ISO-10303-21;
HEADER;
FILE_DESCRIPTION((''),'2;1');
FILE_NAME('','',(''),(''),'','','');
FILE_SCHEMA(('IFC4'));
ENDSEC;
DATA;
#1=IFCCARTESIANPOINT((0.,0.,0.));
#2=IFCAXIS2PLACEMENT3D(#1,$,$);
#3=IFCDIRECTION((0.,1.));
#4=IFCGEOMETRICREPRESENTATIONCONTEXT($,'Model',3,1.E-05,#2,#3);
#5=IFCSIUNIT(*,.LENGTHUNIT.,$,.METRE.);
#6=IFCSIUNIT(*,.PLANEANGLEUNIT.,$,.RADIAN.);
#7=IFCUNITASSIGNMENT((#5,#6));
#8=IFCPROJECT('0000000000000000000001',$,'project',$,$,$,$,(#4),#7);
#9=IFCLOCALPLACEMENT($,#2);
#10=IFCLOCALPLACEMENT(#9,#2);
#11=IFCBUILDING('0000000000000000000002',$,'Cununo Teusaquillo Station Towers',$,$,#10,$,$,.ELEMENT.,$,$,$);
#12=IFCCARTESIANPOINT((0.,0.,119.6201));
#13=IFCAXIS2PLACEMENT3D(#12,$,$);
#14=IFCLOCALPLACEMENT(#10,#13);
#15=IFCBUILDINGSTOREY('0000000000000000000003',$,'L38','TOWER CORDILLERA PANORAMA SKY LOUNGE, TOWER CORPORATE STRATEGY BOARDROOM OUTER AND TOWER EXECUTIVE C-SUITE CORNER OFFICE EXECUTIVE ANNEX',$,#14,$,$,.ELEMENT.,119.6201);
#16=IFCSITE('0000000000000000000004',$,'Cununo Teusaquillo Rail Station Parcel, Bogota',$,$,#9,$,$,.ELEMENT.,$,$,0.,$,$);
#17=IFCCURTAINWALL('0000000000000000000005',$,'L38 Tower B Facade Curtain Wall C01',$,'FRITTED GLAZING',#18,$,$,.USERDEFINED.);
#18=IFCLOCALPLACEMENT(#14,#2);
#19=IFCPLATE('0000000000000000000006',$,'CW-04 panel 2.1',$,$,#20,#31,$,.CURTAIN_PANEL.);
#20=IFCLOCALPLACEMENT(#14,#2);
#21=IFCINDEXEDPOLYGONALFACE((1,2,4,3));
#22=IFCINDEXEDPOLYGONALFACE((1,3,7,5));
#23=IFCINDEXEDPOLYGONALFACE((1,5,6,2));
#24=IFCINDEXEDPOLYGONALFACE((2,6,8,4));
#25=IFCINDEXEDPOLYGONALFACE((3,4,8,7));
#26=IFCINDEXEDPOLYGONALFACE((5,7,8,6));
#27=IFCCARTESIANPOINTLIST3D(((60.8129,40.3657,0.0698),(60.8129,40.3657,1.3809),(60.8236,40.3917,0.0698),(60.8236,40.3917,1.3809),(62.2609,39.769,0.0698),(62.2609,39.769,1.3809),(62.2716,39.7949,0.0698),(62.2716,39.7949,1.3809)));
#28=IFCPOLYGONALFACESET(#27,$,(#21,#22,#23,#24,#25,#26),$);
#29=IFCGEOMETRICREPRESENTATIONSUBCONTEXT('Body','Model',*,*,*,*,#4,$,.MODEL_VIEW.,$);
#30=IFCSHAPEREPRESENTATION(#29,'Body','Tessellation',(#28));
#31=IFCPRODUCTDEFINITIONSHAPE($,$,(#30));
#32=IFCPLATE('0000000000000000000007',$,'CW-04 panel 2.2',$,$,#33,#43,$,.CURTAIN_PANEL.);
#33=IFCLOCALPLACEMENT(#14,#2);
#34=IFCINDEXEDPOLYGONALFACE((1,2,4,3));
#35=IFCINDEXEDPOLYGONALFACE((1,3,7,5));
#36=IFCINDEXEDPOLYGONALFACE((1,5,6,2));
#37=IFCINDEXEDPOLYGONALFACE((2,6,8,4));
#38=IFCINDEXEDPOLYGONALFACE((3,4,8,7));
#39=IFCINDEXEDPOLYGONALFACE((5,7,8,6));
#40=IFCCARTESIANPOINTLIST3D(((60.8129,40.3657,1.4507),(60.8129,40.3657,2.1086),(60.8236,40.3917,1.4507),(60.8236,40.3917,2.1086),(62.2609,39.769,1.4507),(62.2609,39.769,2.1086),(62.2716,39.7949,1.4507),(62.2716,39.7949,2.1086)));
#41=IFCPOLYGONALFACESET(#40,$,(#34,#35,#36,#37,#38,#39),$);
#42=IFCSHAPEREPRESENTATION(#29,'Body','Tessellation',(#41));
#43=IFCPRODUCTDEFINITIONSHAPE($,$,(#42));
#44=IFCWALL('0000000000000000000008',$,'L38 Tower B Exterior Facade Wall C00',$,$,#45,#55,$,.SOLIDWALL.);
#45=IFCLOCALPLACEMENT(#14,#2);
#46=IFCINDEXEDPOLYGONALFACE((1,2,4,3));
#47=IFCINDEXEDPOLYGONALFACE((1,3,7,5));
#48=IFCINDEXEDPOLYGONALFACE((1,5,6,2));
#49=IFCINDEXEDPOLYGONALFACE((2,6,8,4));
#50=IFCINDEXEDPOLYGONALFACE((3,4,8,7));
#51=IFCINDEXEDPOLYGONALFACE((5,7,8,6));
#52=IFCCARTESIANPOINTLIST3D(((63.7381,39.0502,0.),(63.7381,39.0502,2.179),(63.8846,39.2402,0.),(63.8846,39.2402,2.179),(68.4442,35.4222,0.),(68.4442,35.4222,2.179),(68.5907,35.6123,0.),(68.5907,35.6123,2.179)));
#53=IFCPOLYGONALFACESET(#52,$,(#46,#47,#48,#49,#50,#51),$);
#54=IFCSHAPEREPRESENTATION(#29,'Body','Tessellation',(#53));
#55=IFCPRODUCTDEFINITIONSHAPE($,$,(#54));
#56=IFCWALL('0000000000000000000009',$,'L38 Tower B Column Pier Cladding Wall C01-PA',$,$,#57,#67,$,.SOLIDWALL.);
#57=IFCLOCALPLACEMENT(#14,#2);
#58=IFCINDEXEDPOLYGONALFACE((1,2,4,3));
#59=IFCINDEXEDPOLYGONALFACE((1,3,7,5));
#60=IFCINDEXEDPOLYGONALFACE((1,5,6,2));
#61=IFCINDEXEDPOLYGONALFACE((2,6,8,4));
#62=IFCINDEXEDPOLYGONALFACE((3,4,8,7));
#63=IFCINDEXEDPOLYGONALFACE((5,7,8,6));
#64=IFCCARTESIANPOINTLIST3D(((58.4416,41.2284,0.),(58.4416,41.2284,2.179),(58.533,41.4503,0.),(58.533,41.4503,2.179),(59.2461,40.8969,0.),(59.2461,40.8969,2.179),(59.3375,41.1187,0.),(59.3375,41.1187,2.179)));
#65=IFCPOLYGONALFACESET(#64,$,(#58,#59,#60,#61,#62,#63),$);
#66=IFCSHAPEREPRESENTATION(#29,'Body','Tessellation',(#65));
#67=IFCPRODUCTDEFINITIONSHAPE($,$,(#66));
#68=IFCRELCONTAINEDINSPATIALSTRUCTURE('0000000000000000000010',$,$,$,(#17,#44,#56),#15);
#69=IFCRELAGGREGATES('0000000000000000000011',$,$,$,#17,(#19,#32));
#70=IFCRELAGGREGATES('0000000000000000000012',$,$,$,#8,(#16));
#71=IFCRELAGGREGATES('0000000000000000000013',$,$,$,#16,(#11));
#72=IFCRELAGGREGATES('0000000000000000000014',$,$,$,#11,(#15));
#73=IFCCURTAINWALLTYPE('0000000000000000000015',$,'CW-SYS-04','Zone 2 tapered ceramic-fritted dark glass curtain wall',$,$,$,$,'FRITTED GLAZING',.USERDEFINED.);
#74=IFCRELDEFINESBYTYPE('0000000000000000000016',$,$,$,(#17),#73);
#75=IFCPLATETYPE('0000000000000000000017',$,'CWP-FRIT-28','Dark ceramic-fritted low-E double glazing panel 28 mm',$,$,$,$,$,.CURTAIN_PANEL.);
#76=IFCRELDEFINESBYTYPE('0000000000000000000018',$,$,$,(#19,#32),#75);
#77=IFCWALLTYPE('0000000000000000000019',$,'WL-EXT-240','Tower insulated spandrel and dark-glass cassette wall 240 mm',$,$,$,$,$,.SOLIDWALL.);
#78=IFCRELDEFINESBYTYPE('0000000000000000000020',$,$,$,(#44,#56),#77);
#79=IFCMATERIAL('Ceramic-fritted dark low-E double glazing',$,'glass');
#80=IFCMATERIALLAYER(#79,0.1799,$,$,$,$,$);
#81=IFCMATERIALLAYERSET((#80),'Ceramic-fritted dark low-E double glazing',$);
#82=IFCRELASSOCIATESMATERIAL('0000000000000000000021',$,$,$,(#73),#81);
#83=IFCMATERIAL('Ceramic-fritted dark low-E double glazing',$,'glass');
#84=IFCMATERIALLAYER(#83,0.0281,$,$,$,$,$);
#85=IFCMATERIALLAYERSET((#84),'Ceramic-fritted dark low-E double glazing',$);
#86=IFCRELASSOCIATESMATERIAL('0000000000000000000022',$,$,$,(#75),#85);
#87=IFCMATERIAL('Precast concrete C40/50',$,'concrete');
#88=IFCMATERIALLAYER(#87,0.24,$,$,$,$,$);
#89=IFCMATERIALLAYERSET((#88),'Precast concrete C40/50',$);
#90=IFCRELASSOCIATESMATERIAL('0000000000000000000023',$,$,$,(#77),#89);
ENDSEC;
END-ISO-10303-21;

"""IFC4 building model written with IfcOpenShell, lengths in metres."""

from ifc_helpers import new_model, si_unit, direction, frame, frame_2d, origin, origin_2d, place, context, subcontext, project, spatial, rectangle, extrude, source, transform, mapped, material, layer, layer_set, type_object, element, aggregate, save


model = new_model("IFC4")

# Units and contexts
model_context = context("Model", 3, precision=1e-05, world=origin(), true_north=direction((0.0, 1.0)))
body_context = subcontext(model_context, "Body", "Model", "MODEL_VIEW")
ifc_project = project(units=[si_unit("LENGTHUNIT", "METRE"), si_unit("PLANEANGLEUNIT", "RADIAN")], contexts=[model_context])

# Site, building, storey
site_placement = place(None, origin())
site = spatial("IfcSite", under=ifc_project, at=site_placement, Name="Cununo Teusaquillo Rail Station Parcel, Bogota", CompositionType="ELEMENT", RefElevation=0.0)
building_placement = place(site_placement, origin())
building = spatial("IfcBuilding", under=site, at=building_placement, Name="Cununo Teusaquillo Station Towers", CompositionType="ELEMENT")
storey_placement = place(building_placement, frame((0.0, 0.0, 119.6201)))
storey = spatial("IfcBuildingStorey", under=building, at=storey_placement, Name="L38", Description="TOWER CORDILLERA PANORAMA SKY LOUNGE, TOWER CORPORATE STRATEGY BOARDROOM OUTER AND TOWER EXECUTIVE C-SUITE CORNER OFFICE EXECUTIVE ANNEX", CompositionType="ELEMENT", Elevation=119.6201)

# Curtain wall
ifc_material_1 = material(Name="Ceramic-fritted dark low-E double glazing", Category="glass")
ifc_layer_1 = layer(ifc_material_1, 0.1799)
ifc_layer_set_1 = layer_set([ifc_layer_1], Name="Ceramic-fritted dark low-E double glazing")
curtain_wall_type = type_object("IfcCurtainWallType", Name="CW-SYS-04", Description="Zone 2 tapered ceramic-fritted dark glass curtain wall", ElementType="FRITTED GLAZING", PredefinedType="USERDEFINED", material=ifc_layer_set_1)
curtain_wall_placement = place(storey_placement, origin())
curtain_wall = element("IfcCurtainWall", 1, at=curtain_wall_placement, inside=storey, type_object=curtain_wall_type, Name="L38 Tower B Facade Curtain Wall C01", ObjectType="FRITTED GLAZING", PredefinedType="USERDEFINED")

# Plates
ifc_material_2 = material(Name="Ceramic-fritted dark low-E double glazing", Category="glass")
ifc_layer_2 = layer(ifc_material_2, 0.0281)
ifc_layer_set_2 = layer_set([ifc_layer_2], Name="Ceramic-fritted dark low-E double glazing")
plate_type_1 = type_object("IfcPlateType", Name="CWP-FRIT-28", Description="Dark ceramic-fritted low-E double glazing panel 28 mm", PredefinedType="CURTAIN_PANEL", material=ifc_layer_set_2)
shared_shape_1 = source(origin(), body_context, "Body", "SweptSolid", [
    extrude(rectangle(XDim=1.5662, YDim=0.0281, at=origin_2d()), origin(), (0.0, 0.0, 1.0), 1.311),
])
plate_1_placement = place(storey_placement, frame((61.5422, 40.0803, 0.0698), z_axis=(0.0, 0.0, 1.0), x_axis=(0.924562, -0.381031, 0.0)))
plate_1 = element("IfcPlate", 2, at=plate_1_placement, type_object=plate_type_1, Name="CW-04 panel 2.1", PredefinedType="CURTAIN_PANEL", context=body_context, shape_type="MappedRepresentation", body=[
    mapped(shared_shape_1, transform((0.0, 0.0, 0.0), x_axis=(1.0, 0.0, 0.0), y_axis=(0.0, 1.0, 0.0), z_axis=(0.0, 0.0, 1.0), scale=1.0)),
])
shared_shape_2 = source(origin(), body_context, "Body", "SweptSolid", [
    extrude(rectangle(XDim=1.5662, YDim=0.0281, at=origin_2d()), origin(), (0.0, 0.0, 1.0), 0.658),
])
plate_2_placement = place(storey_placement, frame((61.5422, 40.0803, 1.4507), z_axis=(0.0, 0.0, 1.0), x_axis=(0.924562, -0.381031, 0.0)))
plate_2 = element("IfcPlate", 3, at=plate_2_placement, type_object=plate_type_1, Name="CW-04 panel 2.2", PredefinedType="CURTAIN_PANEL", context=body_context, shape_type="MappedRepresentation", body=[
    mapped(shared_shape_2, transform((0.0, 0.0, 0.0), x_axis=(1.0, 0.0, 0.0), y_axis=(0.0, 1.0, 0.0), z_axis=(0.0, 0.0, 1.0), scale=1.0)),
])
aggregate(curtain_wall, [plate_1, plate_2])

# Walls
ifc_material_3 = material(Name="Precast concrete C40/50", Category="concrete")
ifc_layer_3 = layer(ifc_material_3, 0.24)
ifc_layer_set_3 = layer_set([ifc_layer_3], Name="Precast concrete C40/50")
wall_type = type_object("IfcWallType", Name="WL-EXT-240", Description="Tower insulated spandrel and dark-glass cassette wall 240 mm", PredefinedType="SOLIDWALL", material=ifc_layer_set_3)
wall_1_placement = place(storey_placement, frame((63.8113, 39.1453, 0.0), z_axis=(0.0, 0.0, 1.0), x_axis=(0.791982, -0.610544, 0.0)))
element("IfcWall", 4, at=wall_1_placement, inside=storey, type_object=wall_type, Name="L38 Tower B Exterior Facade Wall C00", PredefinedType="SOLIDWALL", context=body_context, shape_type="SweptSolid", body=[
    extrude(rectangle(XDim=5.9421, YDim=0.24, at=frame_2d((2.9712, 0.0))), origin(), (0.0, 0.0, 1.0), 2.179),
])
wall_2_placement = place(storey_placement, frame((58.4873, 41.3394, 0.0), z_axis=(0.0, 0.0, 1.0), x_axis=(0.924556, -0.381046, 0.0)))
element("IfcWall", 5, at=wall_2_placement, inside=storey, type_object=wall_type, Name="L38 Tower B Column Pier Cladding Wall C01-PA", PredefinedType="SOLIDWALL", context=body_context, shape_type="SweptSolid", body=[
    extrude(rectangle(XDim=0.8701, YDim=0.24, at=frame_2d((0.4351, 0.0))), origin(), (0.0, 0.0, 1.0), 2.179),
])

save(model, "model.ifc")
